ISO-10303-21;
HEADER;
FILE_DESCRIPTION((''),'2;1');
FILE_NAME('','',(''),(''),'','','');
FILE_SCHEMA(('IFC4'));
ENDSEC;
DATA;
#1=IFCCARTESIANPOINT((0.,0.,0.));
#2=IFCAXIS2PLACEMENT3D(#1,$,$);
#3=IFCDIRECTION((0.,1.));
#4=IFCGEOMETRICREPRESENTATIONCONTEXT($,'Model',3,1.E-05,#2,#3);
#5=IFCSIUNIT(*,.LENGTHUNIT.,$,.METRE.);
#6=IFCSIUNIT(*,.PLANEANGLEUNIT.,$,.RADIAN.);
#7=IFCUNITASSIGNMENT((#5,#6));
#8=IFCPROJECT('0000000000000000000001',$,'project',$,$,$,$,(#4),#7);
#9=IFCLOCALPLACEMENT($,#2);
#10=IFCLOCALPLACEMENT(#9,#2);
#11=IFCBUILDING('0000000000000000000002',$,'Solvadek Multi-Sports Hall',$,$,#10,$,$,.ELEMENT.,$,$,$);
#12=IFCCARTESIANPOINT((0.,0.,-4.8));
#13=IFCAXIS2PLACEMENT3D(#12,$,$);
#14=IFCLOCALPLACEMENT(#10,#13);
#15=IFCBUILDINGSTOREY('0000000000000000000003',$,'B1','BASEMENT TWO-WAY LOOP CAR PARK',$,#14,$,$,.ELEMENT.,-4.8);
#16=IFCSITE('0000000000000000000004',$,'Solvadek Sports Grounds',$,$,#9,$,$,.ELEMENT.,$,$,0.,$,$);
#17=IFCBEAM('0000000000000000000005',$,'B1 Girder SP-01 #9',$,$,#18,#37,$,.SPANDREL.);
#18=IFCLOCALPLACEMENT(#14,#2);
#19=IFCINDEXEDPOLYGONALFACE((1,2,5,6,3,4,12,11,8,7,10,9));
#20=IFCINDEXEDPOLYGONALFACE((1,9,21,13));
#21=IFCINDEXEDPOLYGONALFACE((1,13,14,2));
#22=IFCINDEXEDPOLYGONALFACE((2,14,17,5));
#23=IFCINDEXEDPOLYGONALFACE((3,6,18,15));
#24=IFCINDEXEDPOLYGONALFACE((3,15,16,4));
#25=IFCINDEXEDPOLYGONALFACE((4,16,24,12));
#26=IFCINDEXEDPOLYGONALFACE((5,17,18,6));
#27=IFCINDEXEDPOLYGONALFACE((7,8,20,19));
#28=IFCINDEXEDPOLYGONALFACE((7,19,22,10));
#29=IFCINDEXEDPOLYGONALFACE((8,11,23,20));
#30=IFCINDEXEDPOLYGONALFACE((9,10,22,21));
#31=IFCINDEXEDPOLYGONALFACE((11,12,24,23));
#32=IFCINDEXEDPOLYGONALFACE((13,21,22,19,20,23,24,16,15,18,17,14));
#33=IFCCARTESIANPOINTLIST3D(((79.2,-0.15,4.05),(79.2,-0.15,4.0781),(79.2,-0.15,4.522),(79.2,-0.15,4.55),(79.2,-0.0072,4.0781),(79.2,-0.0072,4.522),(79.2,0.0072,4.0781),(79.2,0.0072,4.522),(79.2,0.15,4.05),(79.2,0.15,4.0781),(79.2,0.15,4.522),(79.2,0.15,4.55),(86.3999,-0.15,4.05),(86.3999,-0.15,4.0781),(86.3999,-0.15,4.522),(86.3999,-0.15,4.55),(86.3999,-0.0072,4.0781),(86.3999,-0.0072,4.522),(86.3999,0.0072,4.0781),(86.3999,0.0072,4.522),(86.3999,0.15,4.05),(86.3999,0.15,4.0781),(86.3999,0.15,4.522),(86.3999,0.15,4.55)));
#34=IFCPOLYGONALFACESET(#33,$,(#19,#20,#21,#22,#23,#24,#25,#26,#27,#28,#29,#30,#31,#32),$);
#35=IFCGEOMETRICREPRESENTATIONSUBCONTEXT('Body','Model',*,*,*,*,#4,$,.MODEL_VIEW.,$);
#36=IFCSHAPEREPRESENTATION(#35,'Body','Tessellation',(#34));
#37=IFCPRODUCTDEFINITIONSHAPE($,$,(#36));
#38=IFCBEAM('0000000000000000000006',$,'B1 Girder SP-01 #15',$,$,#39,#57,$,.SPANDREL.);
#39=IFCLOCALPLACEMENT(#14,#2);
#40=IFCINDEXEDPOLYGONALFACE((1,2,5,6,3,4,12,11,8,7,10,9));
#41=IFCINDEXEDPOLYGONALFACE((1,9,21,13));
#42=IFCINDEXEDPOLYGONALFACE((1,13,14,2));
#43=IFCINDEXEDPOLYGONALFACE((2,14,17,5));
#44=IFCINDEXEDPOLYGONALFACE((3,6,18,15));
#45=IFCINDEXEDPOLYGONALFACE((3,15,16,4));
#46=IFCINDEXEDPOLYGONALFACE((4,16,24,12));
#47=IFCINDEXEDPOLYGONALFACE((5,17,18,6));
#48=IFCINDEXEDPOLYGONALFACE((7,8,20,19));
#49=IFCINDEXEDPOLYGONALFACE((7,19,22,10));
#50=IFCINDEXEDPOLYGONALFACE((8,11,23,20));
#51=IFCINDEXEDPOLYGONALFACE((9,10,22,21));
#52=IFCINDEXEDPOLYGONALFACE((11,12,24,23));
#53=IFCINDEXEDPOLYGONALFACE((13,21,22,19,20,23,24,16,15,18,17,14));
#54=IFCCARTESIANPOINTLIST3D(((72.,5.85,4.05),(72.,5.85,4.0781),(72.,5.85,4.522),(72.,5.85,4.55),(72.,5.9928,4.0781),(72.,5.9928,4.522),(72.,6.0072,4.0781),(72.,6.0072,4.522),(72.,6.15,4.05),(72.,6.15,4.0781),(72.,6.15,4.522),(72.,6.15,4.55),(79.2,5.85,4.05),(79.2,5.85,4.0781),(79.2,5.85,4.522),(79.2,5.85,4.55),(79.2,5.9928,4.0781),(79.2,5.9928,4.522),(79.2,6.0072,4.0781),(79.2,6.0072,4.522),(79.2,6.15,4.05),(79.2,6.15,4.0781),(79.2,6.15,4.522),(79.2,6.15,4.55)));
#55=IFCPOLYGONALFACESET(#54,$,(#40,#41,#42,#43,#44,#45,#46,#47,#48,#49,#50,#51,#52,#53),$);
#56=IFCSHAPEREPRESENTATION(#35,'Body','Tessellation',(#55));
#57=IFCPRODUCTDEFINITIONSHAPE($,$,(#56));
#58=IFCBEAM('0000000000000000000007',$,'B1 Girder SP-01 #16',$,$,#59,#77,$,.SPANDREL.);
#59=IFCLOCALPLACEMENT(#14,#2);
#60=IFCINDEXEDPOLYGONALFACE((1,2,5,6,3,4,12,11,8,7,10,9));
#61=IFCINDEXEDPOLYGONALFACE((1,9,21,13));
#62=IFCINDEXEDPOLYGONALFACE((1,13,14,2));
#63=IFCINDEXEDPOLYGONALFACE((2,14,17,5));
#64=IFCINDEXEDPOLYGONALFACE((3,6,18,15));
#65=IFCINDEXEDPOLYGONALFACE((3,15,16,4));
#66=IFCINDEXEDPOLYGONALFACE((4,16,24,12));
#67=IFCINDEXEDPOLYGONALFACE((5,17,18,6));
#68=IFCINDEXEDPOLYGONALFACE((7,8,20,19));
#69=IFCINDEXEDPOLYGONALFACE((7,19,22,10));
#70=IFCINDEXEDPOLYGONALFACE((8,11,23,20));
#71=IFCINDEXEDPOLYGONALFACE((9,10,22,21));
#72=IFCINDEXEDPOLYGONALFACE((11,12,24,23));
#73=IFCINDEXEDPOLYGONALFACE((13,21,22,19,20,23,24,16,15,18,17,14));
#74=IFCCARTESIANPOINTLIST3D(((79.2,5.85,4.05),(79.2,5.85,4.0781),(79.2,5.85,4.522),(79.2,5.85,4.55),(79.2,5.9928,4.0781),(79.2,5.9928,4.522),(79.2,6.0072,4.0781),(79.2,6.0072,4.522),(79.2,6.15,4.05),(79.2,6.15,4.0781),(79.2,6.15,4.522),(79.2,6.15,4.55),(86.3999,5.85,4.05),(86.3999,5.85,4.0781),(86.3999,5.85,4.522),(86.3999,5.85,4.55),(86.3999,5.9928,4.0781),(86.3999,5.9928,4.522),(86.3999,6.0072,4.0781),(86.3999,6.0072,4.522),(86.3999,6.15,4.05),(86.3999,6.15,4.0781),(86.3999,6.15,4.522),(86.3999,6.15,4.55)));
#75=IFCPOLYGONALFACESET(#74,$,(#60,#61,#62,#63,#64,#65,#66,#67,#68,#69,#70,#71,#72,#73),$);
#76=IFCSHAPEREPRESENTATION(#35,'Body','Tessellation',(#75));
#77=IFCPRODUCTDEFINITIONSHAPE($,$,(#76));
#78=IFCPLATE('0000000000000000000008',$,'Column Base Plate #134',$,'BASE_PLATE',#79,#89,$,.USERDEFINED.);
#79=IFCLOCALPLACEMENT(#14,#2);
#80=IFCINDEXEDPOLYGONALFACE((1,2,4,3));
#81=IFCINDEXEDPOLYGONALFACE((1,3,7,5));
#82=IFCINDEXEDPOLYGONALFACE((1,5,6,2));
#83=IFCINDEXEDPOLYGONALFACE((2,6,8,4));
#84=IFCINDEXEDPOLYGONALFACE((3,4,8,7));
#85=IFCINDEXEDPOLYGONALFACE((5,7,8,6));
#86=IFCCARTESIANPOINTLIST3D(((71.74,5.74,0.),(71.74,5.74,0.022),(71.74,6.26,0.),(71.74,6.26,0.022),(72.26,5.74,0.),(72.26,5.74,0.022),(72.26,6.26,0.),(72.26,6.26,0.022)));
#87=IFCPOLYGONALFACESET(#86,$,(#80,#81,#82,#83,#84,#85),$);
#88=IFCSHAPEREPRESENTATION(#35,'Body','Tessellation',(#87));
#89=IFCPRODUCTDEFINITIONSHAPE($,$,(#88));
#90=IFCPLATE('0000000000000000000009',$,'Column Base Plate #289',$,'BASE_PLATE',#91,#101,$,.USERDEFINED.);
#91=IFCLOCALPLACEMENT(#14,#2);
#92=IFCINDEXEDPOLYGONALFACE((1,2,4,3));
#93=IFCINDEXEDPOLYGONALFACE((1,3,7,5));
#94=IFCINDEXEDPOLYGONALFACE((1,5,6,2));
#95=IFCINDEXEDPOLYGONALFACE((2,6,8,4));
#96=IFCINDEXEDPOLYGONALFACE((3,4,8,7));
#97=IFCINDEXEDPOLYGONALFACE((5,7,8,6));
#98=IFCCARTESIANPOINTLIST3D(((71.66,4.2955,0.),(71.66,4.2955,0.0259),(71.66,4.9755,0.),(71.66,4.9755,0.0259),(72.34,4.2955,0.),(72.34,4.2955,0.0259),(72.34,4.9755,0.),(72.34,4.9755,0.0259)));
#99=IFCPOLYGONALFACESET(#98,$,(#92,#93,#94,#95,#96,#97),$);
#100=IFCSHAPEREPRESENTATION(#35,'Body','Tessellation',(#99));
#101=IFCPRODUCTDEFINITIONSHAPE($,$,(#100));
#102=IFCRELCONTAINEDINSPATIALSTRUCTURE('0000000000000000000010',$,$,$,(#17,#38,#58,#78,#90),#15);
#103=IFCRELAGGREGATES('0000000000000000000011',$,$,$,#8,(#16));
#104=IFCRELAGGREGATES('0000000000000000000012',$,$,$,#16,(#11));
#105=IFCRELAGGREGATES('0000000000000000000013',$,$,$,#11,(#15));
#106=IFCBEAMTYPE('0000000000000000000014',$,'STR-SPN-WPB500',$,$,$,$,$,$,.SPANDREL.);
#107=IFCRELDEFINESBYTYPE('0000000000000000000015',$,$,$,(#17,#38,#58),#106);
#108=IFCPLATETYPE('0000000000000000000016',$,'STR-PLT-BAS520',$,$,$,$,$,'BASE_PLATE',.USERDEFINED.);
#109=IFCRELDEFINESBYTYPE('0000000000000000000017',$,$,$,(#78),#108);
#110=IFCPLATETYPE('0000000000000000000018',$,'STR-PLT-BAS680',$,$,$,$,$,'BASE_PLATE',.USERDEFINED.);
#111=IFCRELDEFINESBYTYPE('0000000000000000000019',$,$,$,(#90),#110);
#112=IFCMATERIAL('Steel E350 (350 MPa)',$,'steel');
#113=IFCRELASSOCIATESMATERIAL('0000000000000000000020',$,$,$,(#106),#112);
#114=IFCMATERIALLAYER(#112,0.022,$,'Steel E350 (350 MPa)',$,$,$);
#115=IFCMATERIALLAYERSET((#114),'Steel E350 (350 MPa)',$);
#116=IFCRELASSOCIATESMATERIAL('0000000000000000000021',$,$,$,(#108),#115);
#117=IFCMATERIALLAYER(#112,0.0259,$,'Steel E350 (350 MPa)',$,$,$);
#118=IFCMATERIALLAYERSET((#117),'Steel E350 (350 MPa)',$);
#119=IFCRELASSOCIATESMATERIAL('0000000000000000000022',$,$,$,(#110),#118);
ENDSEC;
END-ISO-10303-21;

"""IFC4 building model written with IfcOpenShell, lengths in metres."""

from ifc_helpers import new_model, si_unit, direction, frame, origin, origin_2d, place, context, subcontext, project, spatial, rectangle, i_section, extrude, material, layer, layer_set, material_profile, profile_set, type_object, element, save


model = new_model("IFC4")

# Units and contexts
model_context = context("Model", 3, precision=1e-05, world=origin(), true_north=direction((0.0, 1.0)))
body_context = subcontext(model_context, "Body", "Model", "MODEL_VIEW")
ifc_project = project(units=[si_unit("LENGTHUNIT", "METRE"), si_unit("PLANEANGLEUNIT", "RADIAN")], contexts=[model_context])

# Site, building, storey
site_placement = place(None, origin())
site = spatial("IfcSite", under=ifc_project, at=site_placement, Name="Solvadek Sports Grounds", CompositionType="ELEMENT", RefElevation=0.0)
building_placement = place(site_placement, origin())
building = spatial("IfcBuilding", under=site, at=building_placement, Name="Solvadek Multi-Sports Hall", CompositionType="ELEMENT")
storey_placement = place(building_placement, frame((0.0, 0.0, -4.8)))
storey = spatial("IfcBuildingStorey", under=building, at=storey_placement, Name="B1", Description="BASEMENT TWO-WAY LOOP CAR PARK", CompositionType="ELEMENT", Elevation=-4.8)

# Shared definitions
ifc_material_1 = material(Name="Steel E350 (350 MPa)", Category="steel")

# Beams
ifc_material_profile_1 = material_profile(ifc_material_1, i_section(OverallWidth=0.3, OverallDepth=0.5, WebThickness=0.0144, FlangeThickness=0.0281, at=origin_2d()), Name="WPB 500")
ifc_profile_set_1 = profile_set([ifc_material_profile_1], Name="Steel E350 (350 MPa)")
beam_type_1 = type_object("IfcBeamType", Name="STR-SPN-WPB500", PredefinedType="SPANDREL", material=ifc_profile_set_1)
for number, where, z_axis, x_axis, name in (
    (1, (79.2, 0.0, 4.3), (1.0, 0.0, 0.0), (0.0, 1.0, 0.0), "B1 Girder SP-01 #9"),
    (2, (72.0, 6.0, 4.3), (1.0, 0.0, 0.0), (0.0, 1.0, 0.0), "B1 Girder SP-01 #15"),
    (3, (79.2, 6.0, 4.3), (1.0, 0.0, 0.0), (0.0, 1.0, 0.0), "B1 Girder SP-01 #16"),
):
    element("IfcBeam", number, at=place(storey_placement, frame(where, z_axis=z_axis, x_axis=x_axis)), inside=storey, type_object=beam_type_1, Name=name, PredefinedType="SPANDREL", context=body_context, shape_type="SweptSolid", body=[
        extrude(i_section(OverallWidth=0.3, OverallDepth=0.5, WebThickness=0.0144, FlangeThickness=0.0281, at=origin_2d()), origin(), (0.0, 0.0, 1.0), 7.2),
    ])

# Plates
ifc_layer_1 = layer(ifc_material_1, 0.022, Name="Steel E350 (350 MPa)")
ifc_layer_set_1 = layer_set([ifc_layer_1], Name="Steel E350 (350 MPa)")
plate_type_1 = type_object("IfcPlateType", Name="STR-PLT-BAS520", ElementType="BASE_PLATE", PredefinedType="USERDEFINED", material=ifc_layer_set_1)
plate_1_placement = place(storey_placement, frame((72.0, 6.0, 0.0), z_axis=(0.0, 0.0, 1.0), x_axis=(1.0, 0.0, 0.0)))
element("IfcPlate", 4, at=plate_1_placement, inside=storey, type_object=plate_type_1, Name="Column Base Plate #134", ObjectType="BASE_PLATE", PredefinedType="USERDEFINED", context=body_context, shape_type="SweptSolid", body=[
    extrude(rectangle(XDim=0.52, YDim=0.52, at=origin_2d()), origin(), (0.0, 0.0, 1.0), 0.022),
])
ifc_layer_2 = layer(ifc_material_1, 0.0259, Name="Steel E350 (350 MPa)")
ifc_layer_set_2 = layer_set([ifc_layer_2], Name="Steel E350 (350 MPa)")
plate_type_2 = type_object("IfcPlateType", Name="STR-PLT-BAS680", ElementType="BASE_PLATE", PredefinedType="USERDEFINED", material=ifc_layer_set_2)
plate_2_placement = place(storey_placement, frame((72.0, 4.6355, 0.0), z_axis=(0.0, 0.0, 1.0), x_axis=(1.0, 0.0, 0.0)))
element("IfcPlate", 5, at=plate_2_placement, inside=storey, type_object=plate_type_2, Name="Column Base Plate #289", ObjectType="BASE_PLATE", PredefinedType="USERDEFINED", context=body_context, shape_type="SweptSolid", body=[
    extrude(rectangle(XDim=0.6799, YDim=0.6799, at=origin_2d()), origin(), (0.0, 0.0, 1.0), 0.0259),
])

save(model, "model.ifc")
